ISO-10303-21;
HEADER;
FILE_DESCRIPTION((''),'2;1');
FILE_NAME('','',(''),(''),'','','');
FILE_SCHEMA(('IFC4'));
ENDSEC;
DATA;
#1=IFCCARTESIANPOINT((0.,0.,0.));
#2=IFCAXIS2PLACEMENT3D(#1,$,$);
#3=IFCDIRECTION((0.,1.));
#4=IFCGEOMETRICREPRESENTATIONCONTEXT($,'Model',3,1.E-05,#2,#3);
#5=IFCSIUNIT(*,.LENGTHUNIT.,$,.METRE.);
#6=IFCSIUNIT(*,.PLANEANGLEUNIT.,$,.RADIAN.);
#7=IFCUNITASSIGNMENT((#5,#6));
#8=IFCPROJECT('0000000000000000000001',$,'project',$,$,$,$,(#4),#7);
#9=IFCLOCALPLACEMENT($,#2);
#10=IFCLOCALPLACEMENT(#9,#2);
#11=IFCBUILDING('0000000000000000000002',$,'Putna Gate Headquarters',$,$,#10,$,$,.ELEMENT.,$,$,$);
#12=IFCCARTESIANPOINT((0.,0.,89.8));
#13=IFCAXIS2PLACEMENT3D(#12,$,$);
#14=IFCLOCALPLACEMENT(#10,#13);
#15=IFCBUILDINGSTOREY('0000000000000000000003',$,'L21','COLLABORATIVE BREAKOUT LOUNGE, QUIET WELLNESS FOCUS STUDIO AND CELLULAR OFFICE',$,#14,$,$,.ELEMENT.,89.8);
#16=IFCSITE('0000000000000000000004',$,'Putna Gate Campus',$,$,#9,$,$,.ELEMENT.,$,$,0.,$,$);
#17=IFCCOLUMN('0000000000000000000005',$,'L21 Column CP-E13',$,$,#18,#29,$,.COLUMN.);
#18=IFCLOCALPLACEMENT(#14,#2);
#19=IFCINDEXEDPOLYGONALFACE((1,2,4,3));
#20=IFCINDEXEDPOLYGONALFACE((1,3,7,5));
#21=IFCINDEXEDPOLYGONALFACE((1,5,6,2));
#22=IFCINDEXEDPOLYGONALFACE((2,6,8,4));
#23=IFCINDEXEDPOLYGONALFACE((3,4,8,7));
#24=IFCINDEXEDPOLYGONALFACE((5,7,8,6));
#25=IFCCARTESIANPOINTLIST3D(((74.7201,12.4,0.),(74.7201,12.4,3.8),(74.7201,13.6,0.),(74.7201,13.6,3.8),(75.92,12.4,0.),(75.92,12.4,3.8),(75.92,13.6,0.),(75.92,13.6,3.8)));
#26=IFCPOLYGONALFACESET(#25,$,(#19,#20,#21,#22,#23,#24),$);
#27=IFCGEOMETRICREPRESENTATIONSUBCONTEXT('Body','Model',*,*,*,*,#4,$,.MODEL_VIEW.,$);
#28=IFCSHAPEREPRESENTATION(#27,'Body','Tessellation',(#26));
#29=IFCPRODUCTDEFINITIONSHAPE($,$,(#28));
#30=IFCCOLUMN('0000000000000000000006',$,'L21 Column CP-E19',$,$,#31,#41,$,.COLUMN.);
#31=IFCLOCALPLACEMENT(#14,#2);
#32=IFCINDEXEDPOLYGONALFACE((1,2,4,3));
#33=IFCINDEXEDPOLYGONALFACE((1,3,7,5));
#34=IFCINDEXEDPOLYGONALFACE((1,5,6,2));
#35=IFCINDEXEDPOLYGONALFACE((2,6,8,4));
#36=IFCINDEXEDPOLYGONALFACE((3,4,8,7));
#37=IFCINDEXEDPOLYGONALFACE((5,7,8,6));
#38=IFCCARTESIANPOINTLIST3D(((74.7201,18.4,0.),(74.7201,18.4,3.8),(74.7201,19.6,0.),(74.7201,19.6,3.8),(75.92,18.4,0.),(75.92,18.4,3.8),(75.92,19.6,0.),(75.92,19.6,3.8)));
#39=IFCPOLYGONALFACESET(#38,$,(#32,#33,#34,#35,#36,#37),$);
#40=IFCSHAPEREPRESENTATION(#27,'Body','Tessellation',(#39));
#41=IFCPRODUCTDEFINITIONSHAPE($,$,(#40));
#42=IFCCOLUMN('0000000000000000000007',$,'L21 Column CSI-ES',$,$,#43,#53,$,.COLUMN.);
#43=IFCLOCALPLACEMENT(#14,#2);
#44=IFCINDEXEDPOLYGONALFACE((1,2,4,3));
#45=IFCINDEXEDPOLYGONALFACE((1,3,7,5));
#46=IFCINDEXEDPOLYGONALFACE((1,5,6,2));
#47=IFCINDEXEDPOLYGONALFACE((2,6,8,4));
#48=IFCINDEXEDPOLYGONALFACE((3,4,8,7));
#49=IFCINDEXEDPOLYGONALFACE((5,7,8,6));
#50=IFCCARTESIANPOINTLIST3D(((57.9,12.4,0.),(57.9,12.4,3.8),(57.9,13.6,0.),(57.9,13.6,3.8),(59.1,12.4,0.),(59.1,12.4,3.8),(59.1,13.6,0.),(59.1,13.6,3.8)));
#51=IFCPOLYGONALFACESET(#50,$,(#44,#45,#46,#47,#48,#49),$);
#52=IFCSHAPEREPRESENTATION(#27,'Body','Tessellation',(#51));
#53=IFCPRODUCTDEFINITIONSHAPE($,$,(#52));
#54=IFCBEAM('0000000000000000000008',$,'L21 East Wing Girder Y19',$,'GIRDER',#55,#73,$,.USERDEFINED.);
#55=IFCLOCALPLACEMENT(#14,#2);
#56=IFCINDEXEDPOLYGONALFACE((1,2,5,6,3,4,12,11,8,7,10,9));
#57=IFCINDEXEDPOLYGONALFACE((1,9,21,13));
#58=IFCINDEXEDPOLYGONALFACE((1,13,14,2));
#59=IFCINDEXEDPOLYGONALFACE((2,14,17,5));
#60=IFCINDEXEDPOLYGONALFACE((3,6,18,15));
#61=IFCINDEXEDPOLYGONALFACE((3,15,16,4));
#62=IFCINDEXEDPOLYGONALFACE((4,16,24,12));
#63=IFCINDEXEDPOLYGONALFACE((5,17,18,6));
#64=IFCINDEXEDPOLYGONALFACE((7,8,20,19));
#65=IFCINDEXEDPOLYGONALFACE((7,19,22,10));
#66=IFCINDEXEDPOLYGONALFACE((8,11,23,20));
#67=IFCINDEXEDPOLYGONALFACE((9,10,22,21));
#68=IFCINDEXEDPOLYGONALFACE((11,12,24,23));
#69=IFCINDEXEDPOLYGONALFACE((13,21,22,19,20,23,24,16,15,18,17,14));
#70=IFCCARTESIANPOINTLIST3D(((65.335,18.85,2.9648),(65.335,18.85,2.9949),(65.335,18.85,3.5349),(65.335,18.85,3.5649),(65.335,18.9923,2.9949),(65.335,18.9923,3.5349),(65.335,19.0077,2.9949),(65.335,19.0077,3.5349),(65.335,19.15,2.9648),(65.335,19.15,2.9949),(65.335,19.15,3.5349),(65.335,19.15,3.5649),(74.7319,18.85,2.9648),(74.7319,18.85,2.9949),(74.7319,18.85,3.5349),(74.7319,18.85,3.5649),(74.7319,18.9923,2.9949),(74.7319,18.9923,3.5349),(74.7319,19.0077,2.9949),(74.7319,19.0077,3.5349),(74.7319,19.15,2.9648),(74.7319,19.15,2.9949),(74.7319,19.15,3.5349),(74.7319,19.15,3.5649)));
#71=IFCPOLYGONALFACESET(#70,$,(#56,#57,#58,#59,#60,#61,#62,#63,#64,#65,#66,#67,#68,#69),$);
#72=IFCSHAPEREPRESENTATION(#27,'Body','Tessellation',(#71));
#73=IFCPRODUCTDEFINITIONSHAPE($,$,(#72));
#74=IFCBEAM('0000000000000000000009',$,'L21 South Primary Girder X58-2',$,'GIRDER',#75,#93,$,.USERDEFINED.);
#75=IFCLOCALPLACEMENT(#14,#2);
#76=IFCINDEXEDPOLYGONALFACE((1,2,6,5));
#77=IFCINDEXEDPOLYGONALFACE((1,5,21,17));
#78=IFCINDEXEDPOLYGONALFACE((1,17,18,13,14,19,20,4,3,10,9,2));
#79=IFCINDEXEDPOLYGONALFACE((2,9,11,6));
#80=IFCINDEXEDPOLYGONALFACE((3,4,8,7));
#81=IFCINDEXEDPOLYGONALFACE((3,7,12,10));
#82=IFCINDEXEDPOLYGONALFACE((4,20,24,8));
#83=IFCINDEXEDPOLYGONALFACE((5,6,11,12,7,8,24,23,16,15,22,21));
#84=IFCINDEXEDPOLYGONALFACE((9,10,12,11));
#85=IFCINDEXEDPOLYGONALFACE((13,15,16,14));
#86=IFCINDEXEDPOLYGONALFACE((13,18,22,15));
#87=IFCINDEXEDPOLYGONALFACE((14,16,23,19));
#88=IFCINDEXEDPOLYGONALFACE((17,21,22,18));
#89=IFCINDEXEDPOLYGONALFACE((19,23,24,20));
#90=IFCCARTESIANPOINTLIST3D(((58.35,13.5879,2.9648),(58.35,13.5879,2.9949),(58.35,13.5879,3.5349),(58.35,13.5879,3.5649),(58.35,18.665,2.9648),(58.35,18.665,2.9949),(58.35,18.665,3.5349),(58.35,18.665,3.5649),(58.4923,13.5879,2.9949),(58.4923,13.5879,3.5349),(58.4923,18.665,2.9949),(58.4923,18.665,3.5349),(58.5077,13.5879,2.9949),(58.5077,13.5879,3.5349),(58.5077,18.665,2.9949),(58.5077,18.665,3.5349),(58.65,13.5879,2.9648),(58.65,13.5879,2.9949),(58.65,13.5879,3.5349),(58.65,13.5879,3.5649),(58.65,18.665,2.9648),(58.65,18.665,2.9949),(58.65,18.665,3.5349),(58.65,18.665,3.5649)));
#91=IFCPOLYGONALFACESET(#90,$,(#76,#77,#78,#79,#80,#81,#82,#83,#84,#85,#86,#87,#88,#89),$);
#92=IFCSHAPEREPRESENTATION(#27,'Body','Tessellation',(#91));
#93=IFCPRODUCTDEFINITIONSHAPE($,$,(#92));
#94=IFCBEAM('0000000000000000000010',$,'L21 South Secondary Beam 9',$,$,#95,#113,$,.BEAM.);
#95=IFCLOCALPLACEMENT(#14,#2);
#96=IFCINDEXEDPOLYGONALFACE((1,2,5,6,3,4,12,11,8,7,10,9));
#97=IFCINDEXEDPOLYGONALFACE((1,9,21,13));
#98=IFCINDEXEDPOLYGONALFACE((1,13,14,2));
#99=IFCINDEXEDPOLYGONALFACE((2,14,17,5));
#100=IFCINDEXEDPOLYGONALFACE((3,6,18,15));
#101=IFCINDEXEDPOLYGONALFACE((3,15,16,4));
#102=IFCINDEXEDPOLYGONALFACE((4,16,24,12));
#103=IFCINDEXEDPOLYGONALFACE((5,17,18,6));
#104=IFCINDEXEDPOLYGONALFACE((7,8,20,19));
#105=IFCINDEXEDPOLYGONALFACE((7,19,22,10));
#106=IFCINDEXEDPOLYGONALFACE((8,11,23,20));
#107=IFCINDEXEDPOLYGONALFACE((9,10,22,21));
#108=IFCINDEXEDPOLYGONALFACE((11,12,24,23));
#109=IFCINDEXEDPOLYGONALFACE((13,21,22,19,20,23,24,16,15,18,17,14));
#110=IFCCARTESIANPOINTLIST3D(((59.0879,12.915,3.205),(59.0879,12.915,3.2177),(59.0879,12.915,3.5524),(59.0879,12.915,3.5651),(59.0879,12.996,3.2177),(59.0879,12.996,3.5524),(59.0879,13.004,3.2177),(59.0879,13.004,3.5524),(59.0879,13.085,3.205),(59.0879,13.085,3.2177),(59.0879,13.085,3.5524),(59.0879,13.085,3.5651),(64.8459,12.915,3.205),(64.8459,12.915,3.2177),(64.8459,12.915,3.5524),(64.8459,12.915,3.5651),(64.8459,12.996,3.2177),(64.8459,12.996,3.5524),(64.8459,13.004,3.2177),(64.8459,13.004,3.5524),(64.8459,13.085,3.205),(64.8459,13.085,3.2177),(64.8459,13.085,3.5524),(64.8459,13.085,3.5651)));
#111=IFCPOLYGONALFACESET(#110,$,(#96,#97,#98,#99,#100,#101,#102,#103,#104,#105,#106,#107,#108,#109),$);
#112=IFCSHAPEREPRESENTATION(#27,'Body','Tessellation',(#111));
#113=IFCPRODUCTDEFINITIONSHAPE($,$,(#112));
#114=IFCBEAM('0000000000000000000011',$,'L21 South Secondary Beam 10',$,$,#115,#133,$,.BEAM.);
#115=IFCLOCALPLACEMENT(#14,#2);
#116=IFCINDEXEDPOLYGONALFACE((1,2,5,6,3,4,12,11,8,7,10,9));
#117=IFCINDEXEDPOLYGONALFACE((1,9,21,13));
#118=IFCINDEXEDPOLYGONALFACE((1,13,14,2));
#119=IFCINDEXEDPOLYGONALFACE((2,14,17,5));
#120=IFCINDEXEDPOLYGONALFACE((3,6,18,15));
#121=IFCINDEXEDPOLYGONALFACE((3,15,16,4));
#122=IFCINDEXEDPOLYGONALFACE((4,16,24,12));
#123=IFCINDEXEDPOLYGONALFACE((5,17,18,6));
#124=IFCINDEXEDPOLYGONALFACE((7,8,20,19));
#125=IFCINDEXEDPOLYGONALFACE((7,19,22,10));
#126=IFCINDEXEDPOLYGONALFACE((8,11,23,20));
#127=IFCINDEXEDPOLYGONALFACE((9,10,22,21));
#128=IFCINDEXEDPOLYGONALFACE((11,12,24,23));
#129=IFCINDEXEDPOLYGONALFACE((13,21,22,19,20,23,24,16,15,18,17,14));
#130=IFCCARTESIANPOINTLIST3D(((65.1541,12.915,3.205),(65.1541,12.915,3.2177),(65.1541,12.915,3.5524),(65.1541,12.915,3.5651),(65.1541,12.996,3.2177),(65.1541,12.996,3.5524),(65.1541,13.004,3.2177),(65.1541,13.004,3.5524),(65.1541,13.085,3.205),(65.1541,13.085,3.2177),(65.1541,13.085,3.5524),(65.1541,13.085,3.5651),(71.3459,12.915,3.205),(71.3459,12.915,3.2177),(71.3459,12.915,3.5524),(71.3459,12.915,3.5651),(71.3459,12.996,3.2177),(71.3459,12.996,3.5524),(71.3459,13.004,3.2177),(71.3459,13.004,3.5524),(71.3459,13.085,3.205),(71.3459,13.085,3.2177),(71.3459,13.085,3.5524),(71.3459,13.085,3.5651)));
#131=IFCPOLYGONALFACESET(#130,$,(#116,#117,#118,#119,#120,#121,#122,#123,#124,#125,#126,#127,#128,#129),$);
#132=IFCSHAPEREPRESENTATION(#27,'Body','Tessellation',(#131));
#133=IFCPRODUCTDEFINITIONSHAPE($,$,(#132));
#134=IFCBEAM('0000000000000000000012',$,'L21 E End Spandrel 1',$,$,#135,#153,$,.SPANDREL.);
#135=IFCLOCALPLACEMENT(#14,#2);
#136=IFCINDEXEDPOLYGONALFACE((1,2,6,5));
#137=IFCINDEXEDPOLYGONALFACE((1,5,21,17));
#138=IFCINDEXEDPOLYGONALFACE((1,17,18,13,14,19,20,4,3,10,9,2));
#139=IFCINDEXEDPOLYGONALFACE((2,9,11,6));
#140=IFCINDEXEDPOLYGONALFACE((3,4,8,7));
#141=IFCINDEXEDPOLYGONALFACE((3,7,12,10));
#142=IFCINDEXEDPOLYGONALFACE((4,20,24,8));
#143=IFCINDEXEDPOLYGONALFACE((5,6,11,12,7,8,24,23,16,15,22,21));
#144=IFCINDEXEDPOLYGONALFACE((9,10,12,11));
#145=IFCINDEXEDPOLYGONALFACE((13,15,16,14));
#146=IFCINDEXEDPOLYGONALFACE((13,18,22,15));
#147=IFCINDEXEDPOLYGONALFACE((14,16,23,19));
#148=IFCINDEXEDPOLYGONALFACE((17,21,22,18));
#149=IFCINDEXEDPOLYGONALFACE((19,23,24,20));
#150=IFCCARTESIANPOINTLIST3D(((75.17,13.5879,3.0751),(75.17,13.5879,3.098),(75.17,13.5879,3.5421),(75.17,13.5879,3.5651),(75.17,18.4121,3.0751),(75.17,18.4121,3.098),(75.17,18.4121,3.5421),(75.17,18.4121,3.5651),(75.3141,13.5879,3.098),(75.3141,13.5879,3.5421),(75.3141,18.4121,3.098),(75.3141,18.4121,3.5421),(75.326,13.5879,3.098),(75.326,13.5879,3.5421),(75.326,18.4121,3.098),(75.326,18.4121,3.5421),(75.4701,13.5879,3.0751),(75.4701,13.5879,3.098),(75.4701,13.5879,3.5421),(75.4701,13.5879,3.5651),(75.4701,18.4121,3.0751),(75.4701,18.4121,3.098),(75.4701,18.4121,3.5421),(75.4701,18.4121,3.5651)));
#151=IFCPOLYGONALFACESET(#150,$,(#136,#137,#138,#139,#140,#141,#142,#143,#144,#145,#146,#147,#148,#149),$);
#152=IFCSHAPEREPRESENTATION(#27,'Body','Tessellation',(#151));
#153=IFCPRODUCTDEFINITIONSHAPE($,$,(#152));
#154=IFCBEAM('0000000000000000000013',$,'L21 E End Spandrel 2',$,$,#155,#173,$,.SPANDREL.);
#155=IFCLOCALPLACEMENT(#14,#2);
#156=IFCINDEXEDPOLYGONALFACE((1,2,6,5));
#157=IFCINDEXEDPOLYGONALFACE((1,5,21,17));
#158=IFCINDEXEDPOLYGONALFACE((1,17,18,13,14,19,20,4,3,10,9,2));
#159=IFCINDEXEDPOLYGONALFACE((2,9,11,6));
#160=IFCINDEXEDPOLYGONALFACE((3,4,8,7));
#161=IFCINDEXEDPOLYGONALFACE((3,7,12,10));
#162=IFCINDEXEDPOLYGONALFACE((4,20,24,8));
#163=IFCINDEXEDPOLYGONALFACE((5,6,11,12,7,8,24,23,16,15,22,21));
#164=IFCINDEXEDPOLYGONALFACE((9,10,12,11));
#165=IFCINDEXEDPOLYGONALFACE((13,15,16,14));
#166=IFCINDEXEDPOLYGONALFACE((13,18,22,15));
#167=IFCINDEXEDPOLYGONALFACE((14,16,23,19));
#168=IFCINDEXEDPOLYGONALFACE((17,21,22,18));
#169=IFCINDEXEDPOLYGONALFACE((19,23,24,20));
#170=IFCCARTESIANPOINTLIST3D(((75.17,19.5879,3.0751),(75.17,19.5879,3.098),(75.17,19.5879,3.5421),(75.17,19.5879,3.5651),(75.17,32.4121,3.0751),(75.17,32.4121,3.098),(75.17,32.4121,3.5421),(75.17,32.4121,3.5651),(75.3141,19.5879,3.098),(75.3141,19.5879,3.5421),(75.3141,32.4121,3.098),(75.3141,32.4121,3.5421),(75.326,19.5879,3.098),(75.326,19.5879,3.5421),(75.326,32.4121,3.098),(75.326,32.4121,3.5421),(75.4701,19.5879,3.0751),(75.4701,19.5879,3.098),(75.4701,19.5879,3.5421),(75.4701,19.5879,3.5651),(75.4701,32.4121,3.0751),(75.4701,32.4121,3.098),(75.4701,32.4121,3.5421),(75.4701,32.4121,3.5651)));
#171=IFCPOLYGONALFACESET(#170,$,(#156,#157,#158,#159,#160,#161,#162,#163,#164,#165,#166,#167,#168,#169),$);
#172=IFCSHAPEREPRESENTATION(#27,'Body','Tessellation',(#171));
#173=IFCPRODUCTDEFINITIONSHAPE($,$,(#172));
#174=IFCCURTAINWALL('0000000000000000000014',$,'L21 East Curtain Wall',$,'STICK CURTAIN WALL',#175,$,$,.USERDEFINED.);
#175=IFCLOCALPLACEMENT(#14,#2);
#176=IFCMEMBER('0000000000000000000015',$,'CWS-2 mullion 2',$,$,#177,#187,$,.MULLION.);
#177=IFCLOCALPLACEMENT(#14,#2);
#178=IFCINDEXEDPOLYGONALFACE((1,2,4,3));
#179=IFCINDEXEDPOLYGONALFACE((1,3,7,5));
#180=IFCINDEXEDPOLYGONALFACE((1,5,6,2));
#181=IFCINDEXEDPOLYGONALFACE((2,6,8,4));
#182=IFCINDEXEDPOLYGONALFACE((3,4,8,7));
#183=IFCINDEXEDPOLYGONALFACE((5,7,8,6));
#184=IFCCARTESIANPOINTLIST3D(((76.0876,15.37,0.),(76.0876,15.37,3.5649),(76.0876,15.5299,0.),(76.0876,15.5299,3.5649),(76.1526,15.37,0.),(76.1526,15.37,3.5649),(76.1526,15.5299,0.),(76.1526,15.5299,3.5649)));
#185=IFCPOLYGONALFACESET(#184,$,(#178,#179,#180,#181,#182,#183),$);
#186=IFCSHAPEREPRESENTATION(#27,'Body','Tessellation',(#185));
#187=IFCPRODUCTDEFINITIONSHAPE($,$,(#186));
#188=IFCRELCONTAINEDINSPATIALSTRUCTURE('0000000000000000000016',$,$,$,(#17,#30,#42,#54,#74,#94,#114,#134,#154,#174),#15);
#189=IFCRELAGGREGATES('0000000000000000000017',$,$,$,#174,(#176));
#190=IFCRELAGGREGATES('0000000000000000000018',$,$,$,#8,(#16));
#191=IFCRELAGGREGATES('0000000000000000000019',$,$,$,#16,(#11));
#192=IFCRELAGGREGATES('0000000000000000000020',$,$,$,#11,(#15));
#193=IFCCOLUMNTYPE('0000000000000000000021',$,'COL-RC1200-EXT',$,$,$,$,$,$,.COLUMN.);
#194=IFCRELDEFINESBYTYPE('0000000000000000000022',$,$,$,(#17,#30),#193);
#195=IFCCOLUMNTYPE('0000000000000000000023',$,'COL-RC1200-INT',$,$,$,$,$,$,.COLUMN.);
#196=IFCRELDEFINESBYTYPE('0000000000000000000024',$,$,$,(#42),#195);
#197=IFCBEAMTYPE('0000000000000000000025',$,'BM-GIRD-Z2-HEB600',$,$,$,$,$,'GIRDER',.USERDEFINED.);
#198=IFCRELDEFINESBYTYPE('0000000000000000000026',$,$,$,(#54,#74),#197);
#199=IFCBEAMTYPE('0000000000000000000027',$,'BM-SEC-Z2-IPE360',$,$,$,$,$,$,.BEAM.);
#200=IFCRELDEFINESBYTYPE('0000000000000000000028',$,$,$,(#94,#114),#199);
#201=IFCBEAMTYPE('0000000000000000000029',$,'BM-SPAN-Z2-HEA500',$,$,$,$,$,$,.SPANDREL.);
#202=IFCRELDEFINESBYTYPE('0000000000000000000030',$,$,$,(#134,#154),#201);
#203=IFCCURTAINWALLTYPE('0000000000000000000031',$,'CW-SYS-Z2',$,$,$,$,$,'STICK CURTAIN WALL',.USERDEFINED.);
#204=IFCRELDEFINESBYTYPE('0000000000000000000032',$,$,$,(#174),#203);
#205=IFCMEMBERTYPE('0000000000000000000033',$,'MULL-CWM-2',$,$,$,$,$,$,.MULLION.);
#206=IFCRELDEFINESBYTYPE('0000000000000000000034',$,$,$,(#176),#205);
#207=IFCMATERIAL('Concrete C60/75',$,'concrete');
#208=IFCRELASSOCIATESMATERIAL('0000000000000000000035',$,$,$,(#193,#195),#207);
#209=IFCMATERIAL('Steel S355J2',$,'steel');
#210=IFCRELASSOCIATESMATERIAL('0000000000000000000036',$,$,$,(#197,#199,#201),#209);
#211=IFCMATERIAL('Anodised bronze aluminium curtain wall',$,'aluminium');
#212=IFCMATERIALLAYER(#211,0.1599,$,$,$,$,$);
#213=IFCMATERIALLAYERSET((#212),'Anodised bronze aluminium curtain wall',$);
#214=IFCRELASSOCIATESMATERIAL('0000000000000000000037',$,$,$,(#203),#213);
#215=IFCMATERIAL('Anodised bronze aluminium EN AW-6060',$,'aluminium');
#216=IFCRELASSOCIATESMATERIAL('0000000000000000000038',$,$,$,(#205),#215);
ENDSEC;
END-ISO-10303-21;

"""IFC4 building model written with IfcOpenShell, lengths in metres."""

from ifc_helpers import new_model, si_unit, direction, frame, origin, origin_2d, place, context, subcontext, project, spatial, rectangle, i_section, extrude, material, layer, layer_set, material_profile, profile_set, type_object, element, aggregate, save


model = new_model("IFC4")

# Units and contexts
model_context = context("Model", 3, precision=1e-05, world=origin(), true_north=direction((0.0, 1.0)))
body_context = subcontext(model_context, "Body", "Model", "MODEL_VIEW")
ifc_project = project(units=[si_unit("LENGTHUNIT", "METRE"), si_unit("PLANEANGLEUNIT", "RADIAN")], contexts=[model_context])

# Site, building, storey
site_placement = place(None, origin())
site = spatial("IfcSite", under=ifc_project, at=site_placement, Name="Putna Gate Campus", CompositionType="ELEMENT", RefElevation=0.0)
building_placement = place(site_placement, origin())
building = spatial("IfcBuilding", under=site, at=building_placement, Name="Putna Gate Headquarters", CompositionType="ELEMENT")
storey_placement = place(building_placement, frame((0.0, 0.0, 89.8)))
storey = spatial("IfcBuildingStorey", under=building, at=storey_placement, Name="L21", Description="COLLABORATIVE BREAKOUT LOUNGE, QUIET WELLNESS FOCUS STUDIO AND CELLULAR OFFICE", CompositionType="ELEMENT", Elevation=89.8)

# Columns
ifc_material_1 = material(Name="Concrete C60/75", Category="concrete")
ifc_material_profile_1 = material_profile(ifc_material_1, rectangle(XDim=1.2, YDim=1.2, at=origin_2d()), Name="Concrete C60/75")
ifc_profile_set_1 = profile_set([ifc_material_profile_1], Name="Concrete C60/75")
column_type_1 = type_object("IfcColumnType", Name="COL-RC1200-EXT", PredefinedType="COLUMN", material=ifc_profile_set_1)
for number, where, z_axis, x_axis, name in (
    (1, (75.3201, 13.0, 0.0), (0.0, 0.0, 1.0), (1.0, 0.0, 0.0), "L21 Column CP-E13"),
    (2, (75.3201, 19.0, 0.0), (0.0, 0.0, 1.0), (1.0, 0.0, 0.0), "L21 Column CP-E19"),
):
    element("IfcColumn", number, at=place(storey_placement, frame(where, z_axis=z_axis, x_axis=x_axis)), inside=storey, type_object=column_type_1, Name=name, PredefinedType="COLUMN", context=body_context, shape_type="SweptSolid", body=[
        extrude(rectangle(XDim=1.2, YDim=1.2, at=origin_2d()), origin(), (0.0, 0.0, 1.0), 3.8),
    ])
ifc_material_profile_2 = material_profile(ifc_material_1, rectangle(XDim=1.2, YDim=1.2, at=origin_2d()), Name="Concrete C60/75")
ifc_profile_set_2 = profile_set([ifc_material_profile_2], Name="Concrete C60/75")
column_type_2 = type_object("IfcColumnType", Name="COL-RC1200-INT", PredefinedType="COLUMN", material=ifc_profile_set_2)
column_placement = place(storey_placement, frame((58.5, 13.0, 0.0), z_axis=(0.0, 0.0, 1.0), x_axis=(1.0, 0.0, 0.0)))
element("IfcColumn", 3, at=column_placement, inside=storey, type_object=column_type_2, Name="L21 Column CSI-ES", PredefinedType="COLUMN", context=body_context, shape_type="SweptSolid", body=[
    extrude(rectangle(XDim=1.2, YDim=1.2, at=origin_2d()), origin(), (0.0, 0.0, 1.0), 3.8),
])

# Beams
ifc_material_2 = material(Name="Steel S355J2", Category="steel")
ifc_material_profile_3 = material_profile(ifc_material_2, i_section(OverallWidth=0.3, OverallDepth=0.6001, WebThickness=0.0154, FlangeThickness=0.03, at=origin_2d()), Name="Steel S355J2")
ifc_profile_set_3 = profile_set([ifc_material_profile_3], Name="Steel S355J2")
beam_type_1 = type_object("IfcBeamType", Name="BM-GIRD-Z2-HEB600", ElementType="GIRDER", PredefinedType="USERDEFINED", material=ifc_profile_set_3)
beam_1_placement = place(storey_placement, frame((65.335, 19.0, 3.2649), z_axis=(1.0, 0.0, 0.0), x_axis=(0.0, 1.0, 0.0)))
element("IfcBeam", 4, at=beam_1_placement, inside=storey, type_object=beam_type_1, Name="L21 East Wing Girder Y19", ObjectType="GIRDER", PredefinedType="USERDEFINED", context=body_context, shape_type="SweptSolid", body=[
    extrude(i_section(OverallWidth=0.3, OverallDepth=0.6001, WebThickness=0.0154, FlangeThickness=0.03, at=origin_2d()), origin(), (0.0, 0.0, 1.0), 9.397),
])
beam_2_placement = place(storey_placement, frame((58.5, 13.5879, 3.2649), z_axis=(0.0, 1.0, 0.0), x_axis=(-1.0, 0.0, 0.0)))
element("IfcBeam", 5, at=beam_2_placement, inside=storey, type_object=beam_type_1, Name="L21 South Primary Girder X58-2", ObjectType="GIRDER", PredefinedType="USERDEFINED", context=body_context, shape_type="SweptSolid", body=[
    extrude(i_section(OverallWidth=0.3, OverallDepth=0.6001, WebThickness=0.0154, FlangeThickness=0.03, at=origin_2d()), origin(), (0.0, 0.0, 1.0), 5.0771),
])
ifc_material_profile_4 = material_profile(ifc_material_2, i_section(OverallWidth=0.1699, OverallDepth=0.3601, WebThickness=0.0081, FlangeThickness=0.0127, at=origin_2d()), Name="Steel S355J2")
ifc_profile_set_4 = profile_set([ifc_material_profile_4], Name="Steel S355J2")
beam_type_2 = type_object("IfcBeamType", Name="BM-SEC-Z2-IPE360", PredefinedType="BEAM", material=ifc_profile_set_4)
beam_3_placement = place(storey_placement, frame((59.0879, 13.0, 3.385), z_axis=(1.0, 0.0, 0.0), x_axis=(0.0, 1.0, 0.0)))
element("IfcBeam", 6, at=beam_3_placement, inside=storey, type_object=beam_type_2, Name="L21 South Secondary Beam 9", PredefinedType="BEAM", context=body_context, shape_type="SweptSolid", body=[
    extrude(i_section(OverallWidth=0.1699, OverallDepth=0.3601, WebThickness=0.0081, FlangeThickness=0.0127, at=origin_2d()), origin(), (0.0, 0.0, 1.0), 5.7581),
])
beam_4_placement = place(storey_placement, frame((65.1541, 13.0, 3.385), z_axis=(1.0, 0.0, 0.0), x_axis=(0.0, 1.0, 0.0)))
element("IfcBeam", 7, at=beam_4_placement, inside=storey, type_object=beam_type_2, Name="L21 South Secondary Beam 10", PredefinedType="BEAM", context=body_context, shape_type="SweptSolid", body=[
    extrude(i_section(OverallWidth=0.1699, OverallDepth=0.3601, WebThickness=0.0081, FlangeThickness=0.0127, at=origin_2d()), origin(), (0.0, 0.0, 1.0), 6.1919),
])
ifc_material_profile_5 = material_profile(ifc_material_2, i_section(OverallWidth=0.3, OverallDepth=0.49, WebThickness=0.012, FlangeThickness=0.0229, at=origin_2d()), Name="Steel S355J2")
ifc_profile_set_5 = profile_set([ifc_material_profile_5], Name="Steel S355J2")
beam_type_3 = type_object("IfcBeamType", Name="BM-SPAN-Z2-HEA500", PredefinedType="SPANDREL", material=ifc_profile_set_5)
beam_5_placement = place(storey_placement, frame((75.3201, 13.5879, 3.3201), z_axis=(0.0, 1.0, 0.0), x_axis=(-1.0, 0.0, 0.0)))
element("IfcBeam", 8, at=beam_5_placement, inside=storey, type_object=beam_type_3, Name="L21 E End Spandrel 1", PredefinedType="SPANDREL", context=body_context, shape_type="SweptSolid", body=[
    extrude(i_section(OverallWidth=0.3, OverallDepth=0.49, WebThickness=0.012, FlangeThickness=0.0229, at=origin_2d()), origin(), (0.0, 0.0, 1.0), 4.8242),
])
beam_6_placement = place(storey_placement, frame((75.3201, 19.5879, 3.3201), z_axis=(0.0, 1.0, 0.0), x_axis=(-1.0, 0.0, 0.0)))
element("IfcBeam", 9, at=beam_6_placement, inside=storey, type_object=beam_type_3, Name="L21 E End Spandrel 2", PredefinedType="SPANDREL", context=body_context, shape_type="SweptSolid", body=[
    extrude(i_section(OverallWidth=0.3, OverallDepth=0.49, WebThickness=0.012, FlangeThickness=0.0229, at=origin_2d()), origin(), (0.0, 0.0, 1.0), 12.8242),
])

# Curtain wall, member
ifc_material_3 = material(Name="Anodised bronze aluminium curtain wall", Category="aluminium")
ifc_layer_1 = layer(ifc_material_3, 0.1599)
ifc_layer_set_1 = layer_set([ifc_layer_1], Name="Anodised bronze aluminium curtain wall")
curtain_wall_type = type_object("IfcCurtainWallType", Name="CW-SYS-Z2", ElementType="STICK CURTAIN WALL", PredefinedType="USERDEFINED", material=ifc_layer_set_1)
curtain_wall_placement = place(storey_placement, origin())
curtain_wall = element("IfcCurtainWall", 10, at=curtain_wall_placement, inside=storey, type_object=curtain_wall_type, Name="L21 East Curtain Wall", ObjectType="STICK CURTAIN WALL", PredefinedType="USERDEFINED")
ifc_material_4 = material(Name="Anodised bronze aluminium EN AW-6060", Category="aluminium")
ifc_material_profile_6 = material_profile(ifc_material_4, rectangle(XDim=0.0649, YDim=0.1599, at=origin_2d()), Name="Anodised bronze aluminium EN AW-6060")
ifc_profile_set_6 = profile_set([ifc_material_profile_6], Name="Anodised bronze aluminium EN AW-6060")
member_type_1 = type_object("IfcMemberType", Name="MULL-CWM-2", PredefinedType="MULLION", material=ifc_profile_set_6)
member_1_placement = place(storey_placement, frame((76.1201, 15.45, 0.0), z_axis=(0.0, 0.0, 1.0), x_axis=(-1.0, 0.0, 0.0)))
member_1 = element("IfcMember", 11, at=member_1_placement, type_object=member_type_1, Name="CWS-2 mullion 2", PredefinedType="MULLION", context=body_context, shape_type="SweptSolid", body=[
    extrude(rectangle(XDim=0.0649, YDim=0.1599, at=origin_2d()), origin(), (0.0, 0.0, 1.0), 3.5649),
])
aggregate(curtain_wall, [member_1])

save(model, "model.ifc")
